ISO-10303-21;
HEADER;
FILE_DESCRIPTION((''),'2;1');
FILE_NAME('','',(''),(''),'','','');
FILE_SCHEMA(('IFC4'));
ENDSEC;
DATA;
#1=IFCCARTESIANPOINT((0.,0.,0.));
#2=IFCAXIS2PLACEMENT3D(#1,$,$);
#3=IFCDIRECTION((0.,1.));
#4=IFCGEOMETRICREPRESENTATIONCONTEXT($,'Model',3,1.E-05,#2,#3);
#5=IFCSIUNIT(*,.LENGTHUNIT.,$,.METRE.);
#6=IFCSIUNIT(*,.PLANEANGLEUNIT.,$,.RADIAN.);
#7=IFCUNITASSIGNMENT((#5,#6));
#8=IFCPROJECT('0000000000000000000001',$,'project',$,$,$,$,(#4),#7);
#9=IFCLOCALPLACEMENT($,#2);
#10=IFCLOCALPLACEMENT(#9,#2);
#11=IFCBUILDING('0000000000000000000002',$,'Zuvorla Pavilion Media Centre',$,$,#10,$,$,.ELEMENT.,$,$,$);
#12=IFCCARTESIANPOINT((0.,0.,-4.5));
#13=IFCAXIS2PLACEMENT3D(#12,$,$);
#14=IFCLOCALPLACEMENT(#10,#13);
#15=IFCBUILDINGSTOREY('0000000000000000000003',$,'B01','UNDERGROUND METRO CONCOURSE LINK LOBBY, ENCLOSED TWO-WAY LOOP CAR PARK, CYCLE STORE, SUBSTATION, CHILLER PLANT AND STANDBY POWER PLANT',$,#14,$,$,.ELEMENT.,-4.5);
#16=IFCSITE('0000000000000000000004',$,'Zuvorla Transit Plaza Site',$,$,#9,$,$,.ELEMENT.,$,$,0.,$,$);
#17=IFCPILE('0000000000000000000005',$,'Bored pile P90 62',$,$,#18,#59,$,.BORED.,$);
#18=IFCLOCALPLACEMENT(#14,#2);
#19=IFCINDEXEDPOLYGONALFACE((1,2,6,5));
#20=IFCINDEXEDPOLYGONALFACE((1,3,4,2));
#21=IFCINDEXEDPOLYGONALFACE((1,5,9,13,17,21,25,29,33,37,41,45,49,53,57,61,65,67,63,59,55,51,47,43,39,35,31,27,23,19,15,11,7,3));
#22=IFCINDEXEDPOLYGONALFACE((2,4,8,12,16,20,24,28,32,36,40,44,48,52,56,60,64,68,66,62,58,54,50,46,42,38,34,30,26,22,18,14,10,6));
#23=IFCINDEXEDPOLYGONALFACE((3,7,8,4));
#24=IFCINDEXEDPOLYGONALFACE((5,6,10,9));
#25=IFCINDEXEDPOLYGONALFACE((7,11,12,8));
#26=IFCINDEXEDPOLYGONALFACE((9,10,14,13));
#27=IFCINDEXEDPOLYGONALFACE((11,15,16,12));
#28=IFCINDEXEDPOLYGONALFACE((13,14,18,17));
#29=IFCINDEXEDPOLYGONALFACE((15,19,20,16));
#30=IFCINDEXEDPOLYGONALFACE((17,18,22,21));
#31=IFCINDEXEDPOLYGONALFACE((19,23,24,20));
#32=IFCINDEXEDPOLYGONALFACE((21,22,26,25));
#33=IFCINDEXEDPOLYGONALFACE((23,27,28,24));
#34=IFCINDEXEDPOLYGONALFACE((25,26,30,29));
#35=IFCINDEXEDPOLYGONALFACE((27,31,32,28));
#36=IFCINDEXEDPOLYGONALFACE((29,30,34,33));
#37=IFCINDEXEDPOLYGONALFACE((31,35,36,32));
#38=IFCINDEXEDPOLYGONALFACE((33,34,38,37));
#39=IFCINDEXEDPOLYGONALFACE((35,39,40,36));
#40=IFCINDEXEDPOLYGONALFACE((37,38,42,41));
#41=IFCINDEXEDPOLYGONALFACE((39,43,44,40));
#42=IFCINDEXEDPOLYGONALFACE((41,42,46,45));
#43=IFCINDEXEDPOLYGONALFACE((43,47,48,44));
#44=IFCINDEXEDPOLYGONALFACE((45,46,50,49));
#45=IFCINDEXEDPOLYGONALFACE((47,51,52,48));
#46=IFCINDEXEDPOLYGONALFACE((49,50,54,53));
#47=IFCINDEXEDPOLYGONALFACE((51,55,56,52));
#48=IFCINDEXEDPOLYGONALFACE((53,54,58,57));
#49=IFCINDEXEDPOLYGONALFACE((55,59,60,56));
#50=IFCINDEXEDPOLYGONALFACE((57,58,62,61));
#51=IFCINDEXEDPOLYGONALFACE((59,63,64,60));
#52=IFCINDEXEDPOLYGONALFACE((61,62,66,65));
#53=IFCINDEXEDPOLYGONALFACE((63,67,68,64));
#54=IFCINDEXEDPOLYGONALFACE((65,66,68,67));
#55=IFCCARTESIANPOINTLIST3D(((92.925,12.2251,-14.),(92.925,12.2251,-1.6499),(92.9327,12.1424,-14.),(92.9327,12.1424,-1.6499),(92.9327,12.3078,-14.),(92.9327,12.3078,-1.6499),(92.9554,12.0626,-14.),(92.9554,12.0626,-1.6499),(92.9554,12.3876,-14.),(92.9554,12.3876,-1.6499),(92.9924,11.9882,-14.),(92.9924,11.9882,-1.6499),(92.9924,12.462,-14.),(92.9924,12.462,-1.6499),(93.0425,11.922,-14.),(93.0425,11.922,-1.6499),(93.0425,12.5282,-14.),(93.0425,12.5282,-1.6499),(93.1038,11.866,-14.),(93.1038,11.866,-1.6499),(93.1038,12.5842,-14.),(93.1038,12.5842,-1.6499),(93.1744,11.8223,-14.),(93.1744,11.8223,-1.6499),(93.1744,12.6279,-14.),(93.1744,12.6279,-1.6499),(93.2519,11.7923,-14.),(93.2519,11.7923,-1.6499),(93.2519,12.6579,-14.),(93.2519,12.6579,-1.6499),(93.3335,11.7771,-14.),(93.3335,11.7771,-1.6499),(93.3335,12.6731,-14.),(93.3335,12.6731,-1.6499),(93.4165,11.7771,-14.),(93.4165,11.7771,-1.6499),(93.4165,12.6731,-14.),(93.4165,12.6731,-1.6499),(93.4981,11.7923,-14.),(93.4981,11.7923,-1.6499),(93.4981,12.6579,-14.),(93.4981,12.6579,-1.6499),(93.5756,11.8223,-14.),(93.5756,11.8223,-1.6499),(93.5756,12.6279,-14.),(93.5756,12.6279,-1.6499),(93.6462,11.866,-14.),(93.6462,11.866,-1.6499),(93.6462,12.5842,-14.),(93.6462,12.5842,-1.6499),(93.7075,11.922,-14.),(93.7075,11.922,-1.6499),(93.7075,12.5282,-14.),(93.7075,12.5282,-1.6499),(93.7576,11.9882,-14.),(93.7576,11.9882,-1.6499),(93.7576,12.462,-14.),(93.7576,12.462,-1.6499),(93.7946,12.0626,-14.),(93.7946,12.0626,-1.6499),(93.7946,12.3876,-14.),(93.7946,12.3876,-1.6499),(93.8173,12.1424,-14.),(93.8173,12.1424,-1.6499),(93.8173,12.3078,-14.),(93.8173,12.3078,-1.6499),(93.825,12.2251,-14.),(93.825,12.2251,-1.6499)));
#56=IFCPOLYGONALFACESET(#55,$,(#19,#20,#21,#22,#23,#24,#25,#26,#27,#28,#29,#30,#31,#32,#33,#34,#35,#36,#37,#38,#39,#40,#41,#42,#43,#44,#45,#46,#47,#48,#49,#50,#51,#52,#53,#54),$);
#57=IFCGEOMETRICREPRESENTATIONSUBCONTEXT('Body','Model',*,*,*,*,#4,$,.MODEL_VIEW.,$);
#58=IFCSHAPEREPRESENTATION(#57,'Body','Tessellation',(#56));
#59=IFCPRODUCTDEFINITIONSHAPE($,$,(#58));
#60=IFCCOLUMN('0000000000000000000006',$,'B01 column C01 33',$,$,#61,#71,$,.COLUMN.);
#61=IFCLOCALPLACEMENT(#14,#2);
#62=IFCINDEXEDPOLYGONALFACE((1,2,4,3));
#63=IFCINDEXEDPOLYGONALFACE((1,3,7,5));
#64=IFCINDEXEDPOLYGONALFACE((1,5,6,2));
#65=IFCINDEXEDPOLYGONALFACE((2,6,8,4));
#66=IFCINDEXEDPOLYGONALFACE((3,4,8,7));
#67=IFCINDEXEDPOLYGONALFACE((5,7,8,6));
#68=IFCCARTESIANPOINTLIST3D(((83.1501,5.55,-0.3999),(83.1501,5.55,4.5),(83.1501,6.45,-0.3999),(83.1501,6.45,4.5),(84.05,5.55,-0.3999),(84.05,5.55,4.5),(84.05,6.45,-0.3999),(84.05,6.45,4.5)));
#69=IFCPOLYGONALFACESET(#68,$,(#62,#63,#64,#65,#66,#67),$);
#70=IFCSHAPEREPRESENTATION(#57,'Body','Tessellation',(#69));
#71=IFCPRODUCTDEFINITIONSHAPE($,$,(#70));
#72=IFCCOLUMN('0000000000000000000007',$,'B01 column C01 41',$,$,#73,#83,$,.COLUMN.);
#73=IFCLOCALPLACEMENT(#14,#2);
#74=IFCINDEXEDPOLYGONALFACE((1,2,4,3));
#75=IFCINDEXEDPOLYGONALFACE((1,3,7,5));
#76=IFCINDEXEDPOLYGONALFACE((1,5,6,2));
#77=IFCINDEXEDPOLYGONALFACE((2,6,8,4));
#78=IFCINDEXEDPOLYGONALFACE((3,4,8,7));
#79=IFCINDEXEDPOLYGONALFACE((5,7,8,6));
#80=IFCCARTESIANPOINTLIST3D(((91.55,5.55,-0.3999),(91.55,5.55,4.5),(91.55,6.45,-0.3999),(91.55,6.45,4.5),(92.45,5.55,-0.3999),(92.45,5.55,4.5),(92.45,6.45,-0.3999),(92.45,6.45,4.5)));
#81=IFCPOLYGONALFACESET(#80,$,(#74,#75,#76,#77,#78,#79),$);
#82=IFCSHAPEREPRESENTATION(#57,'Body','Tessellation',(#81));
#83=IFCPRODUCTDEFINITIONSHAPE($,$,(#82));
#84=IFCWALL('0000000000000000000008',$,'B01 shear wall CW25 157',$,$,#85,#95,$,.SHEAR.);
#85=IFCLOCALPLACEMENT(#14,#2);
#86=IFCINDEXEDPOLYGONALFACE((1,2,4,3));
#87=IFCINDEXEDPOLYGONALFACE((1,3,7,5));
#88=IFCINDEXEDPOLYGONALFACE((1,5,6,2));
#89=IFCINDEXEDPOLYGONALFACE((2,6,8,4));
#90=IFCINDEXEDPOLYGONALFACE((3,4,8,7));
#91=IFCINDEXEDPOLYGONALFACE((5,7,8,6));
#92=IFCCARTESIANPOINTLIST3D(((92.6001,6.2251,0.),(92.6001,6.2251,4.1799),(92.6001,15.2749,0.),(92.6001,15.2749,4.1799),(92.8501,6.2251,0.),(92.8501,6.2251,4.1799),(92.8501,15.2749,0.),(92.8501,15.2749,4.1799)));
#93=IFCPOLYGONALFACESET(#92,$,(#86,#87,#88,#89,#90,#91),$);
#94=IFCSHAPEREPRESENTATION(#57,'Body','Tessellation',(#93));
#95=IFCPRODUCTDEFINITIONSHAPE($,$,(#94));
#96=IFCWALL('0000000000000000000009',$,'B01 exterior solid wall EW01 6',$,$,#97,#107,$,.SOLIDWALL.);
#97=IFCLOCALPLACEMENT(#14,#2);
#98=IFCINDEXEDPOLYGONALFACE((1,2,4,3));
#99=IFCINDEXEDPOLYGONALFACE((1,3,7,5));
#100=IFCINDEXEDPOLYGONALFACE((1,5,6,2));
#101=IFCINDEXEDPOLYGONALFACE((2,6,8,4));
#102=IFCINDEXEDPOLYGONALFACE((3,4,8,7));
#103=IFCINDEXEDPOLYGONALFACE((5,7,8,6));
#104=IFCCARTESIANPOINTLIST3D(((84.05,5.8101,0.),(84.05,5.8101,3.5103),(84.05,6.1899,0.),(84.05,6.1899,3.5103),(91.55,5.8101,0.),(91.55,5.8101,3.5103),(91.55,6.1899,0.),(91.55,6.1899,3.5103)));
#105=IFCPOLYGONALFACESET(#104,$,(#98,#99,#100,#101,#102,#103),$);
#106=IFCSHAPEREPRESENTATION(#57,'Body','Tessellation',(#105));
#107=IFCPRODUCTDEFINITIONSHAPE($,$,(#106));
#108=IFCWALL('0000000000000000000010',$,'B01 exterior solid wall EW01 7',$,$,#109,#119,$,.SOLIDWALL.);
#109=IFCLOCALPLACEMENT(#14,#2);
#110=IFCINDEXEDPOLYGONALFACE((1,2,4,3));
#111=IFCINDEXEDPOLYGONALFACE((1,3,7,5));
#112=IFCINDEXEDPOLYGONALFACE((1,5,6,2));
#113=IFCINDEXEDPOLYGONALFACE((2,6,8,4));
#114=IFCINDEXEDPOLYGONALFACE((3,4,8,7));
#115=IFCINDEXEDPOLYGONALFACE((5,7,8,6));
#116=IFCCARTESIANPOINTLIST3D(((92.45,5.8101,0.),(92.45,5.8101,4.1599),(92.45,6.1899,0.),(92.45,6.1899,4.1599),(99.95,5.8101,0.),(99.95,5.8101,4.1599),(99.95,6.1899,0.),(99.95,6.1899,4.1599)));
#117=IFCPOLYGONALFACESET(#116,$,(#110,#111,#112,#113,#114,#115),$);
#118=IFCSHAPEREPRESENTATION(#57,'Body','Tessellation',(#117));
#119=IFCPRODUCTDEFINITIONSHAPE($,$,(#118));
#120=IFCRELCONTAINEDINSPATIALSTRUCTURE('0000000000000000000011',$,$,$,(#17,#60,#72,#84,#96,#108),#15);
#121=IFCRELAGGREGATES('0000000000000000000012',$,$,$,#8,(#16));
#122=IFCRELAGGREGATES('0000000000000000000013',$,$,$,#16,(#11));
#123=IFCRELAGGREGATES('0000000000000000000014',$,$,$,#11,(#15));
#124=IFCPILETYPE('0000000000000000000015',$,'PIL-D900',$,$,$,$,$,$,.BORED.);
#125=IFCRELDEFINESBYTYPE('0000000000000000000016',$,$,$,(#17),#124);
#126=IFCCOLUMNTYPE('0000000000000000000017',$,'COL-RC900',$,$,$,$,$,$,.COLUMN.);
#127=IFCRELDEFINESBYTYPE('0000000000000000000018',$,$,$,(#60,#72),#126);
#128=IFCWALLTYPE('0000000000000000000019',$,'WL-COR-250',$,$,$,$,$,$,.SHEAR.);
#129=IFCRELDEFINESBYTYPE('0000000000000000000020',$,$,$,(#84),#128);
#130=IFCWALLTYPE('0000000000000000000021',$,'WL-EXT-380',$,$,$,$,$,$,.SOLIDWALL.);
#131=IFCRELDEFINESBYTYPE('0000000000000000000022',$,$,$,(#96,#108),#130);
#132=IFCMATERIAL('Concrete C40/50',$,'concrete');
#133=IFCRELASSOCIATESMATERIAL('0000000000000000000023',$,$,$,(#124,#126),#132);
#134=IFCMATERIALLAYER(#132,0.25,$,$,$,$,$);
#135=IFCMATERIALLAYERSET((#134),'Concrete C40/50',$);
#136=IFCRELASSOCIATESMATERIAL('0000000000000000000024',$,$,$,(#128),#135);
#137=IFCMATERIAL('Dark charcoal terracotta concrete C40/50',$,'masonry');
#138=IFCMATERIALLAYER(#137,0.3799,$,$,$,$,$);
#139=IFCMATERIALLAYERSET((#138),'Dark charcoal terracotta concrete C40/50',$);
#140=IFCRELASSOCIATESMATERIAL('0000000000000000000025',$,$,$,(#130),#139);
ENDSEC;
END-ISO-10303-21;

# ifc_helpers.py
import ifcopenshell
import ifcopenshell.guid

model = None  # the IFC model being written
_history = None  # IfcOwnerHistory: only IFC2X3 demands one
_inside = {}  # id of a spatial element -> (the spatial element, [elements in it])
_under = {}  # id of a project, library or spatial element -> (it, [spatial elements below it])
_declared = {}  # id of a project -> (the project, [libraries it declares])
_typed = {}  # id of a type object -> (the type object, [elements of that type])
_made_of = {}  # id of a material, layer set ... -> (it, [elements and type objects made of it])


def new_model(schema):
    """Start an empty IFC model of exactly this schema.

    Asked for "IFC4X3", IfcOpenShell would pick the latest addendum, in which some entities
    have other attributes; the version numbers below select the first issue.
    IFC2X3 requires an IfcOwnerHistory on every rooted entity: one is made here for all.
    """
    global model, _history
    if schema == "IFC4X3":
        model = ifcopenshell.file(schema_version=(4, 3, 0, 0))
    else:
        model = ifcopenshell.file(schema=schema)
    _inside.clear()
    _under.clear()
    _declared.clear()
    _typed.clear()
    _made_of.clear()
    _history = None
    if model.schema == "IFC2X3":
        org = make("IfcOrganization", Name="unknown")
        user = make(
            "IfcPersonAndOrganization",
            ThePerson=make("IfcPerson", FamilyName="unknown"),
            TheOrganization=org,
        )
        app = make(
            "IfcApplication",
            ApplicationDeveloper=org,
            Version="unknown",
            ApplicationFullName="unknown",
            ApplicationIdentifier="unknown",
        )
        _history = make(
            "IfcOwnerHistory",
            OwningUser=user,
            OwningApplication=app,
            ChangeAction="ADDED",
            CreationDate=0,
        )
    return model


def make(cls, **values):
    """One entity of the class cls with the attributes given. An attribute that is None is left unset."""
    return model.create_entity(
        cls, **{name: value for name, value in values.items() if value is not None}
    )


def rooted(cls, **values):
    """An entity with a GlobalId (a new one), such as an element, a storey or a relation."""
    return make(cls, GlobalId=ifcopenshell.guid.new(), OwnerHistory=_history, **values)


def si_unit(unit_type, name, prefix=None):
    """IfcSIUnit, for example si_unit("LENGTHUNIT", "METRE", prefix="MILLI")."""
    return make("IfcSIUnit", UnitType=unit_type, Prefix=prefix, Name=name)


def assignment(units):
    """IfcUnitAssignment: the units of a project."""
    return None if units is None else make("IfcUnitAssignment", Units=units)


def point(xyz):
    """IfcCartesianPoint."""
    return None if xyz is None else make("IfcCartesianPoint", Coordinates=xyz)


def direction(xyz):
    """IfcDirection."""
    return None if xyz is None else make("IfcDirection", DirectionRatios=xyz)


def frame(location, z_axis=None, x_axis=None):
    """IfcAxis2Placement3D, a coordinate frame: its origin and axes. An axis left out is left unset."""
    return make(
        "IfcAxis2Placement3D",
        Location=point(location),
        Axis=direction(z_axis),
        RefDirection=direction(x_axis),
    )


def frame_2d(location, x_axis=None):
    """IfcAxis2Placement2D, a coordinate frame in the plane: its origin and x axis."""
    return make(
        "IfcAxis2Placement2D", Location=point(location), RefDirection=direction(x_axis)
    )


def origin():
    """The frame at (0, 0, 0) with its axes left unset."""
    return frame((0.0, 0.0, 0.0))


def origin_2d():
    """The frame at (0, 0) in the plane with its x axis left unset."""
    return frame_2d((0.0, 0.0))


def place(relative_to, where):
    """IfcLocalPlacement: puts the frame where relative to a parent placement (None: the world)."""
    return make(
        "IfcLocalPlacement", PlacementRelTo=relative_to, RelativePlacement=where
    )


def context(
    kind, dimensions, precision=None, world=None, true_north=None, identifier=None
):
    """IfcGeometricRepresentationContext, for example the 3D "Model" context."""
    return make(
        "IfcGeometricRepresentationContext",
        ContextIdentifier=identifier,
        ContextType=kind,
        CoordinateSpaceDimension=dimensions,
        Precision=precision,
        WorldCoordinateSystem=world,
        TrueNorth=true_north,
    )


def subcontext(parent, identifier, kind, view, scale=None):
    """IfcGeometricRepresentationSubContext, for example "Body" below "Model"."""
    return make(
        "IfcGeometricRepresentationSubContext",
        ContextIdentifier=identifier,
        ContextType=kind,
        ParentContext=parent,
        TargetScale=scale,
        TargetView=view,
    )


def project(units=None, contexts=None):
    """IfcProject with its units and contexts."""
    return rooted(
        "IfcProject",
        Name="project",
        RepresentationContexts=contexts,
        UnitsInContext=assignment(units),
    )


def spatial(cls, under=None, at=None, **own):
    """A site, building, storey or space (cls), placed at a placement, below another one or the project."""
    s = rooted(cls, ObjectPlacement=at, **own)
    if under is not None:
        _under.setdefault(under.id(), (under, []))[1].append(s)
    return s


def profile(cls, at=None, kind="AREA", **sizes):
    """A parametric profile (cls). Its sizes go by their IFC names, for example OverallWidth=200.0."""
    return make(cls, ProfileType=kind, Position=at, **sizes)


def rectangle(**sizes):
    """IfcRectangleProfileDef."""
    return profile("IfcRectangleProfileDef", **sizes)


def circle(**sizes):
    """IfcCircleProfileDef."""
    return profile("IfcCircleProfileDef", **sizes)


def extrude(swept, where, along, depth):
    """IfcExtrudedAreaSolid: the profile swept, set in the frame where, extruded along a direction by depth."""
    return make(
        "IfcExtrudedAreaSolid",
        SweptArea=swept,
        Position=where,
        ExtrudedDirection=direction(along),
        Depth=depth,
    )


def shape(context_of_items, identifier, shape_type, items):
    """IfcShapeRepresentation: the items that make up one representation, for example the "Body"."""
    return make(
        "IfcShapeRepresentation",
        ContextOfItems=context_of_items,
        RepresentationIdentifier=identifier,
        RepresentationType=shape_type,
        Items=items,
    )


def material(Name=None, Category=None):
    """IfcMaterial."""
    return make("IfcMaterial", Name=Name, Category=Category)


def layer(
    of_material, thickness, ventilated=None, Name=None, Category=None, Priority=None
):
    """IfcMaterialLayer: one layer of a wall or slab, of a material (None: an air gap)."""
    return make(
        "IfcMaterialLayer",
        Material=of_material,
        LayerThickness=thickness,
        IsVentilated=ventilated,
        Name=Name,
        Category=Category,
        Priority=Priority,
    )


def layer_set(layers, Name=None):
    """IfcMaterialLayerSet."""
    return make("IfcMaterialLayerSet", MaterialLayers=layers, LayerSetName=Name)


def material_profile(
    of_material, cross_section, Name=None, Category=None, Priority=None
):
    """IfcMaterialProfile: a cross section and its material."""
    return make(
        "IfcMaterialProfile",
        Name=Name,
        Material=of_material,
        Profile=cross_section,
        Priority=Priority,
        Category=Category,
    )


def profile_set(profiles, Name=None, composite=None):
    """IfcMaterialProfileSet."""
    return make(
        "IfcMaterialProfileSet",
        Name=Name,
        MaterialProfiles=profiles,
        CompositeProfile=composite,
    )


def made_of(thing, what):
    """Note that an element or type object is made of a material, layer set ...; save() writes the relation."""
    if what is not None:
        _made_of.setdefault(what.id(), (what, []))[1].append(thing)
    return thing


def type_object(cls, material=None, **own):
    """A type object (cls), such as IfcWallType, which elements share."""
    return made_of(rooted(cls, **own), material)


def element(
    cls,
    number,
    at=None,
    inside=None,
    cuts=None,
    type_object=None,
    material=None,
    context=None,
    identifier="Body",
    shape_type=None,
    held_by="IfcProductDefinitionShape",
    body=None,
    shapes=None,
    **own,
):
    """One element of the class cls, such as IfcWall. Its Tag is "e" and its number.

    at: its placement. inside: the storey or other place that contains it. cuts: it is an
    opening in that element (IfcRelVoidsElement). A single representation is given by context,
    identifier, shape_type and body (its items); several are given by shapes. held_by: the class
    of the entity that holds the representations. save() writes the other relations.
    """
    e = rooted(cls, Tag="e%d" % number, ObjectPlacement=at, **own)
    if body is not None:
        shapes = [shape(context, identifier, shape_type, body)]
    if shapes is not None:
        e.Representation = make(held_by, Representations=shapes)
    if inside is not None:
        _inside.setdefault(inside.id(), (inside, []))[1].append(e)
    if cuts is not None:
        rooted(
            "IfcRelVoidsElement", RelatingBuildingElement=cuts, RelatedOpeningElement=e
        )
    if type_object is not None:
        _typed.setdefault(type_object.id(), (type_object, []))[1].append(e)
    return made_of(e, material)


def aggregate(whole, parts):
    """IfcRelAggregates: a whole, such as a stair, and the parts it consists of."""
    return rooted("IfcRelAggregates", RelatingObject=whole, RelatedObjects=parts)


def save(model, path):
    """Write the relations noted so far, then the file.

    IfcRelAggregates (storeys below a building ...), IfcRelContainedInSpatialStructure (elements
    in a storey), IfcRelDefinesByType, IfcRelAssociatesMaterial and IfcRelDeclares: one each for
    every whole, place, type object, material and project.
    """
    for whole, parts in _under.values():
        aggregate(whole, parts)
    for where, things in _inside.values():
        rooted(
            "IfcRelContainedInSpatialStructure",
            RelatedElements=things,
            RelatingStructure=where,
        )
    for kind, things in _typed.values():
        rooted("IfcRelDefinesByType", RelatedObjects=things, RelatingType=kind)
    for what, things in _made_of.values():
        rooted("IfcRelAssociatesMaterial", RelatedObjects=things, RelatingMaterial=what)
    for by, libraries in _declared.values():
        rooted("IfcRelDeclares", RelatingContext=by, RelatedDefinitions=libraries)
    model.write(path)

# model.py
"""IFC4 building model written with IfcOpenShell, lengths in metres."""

from ifc_helpers import new_model, si_unit, direction, frame, frame_2d, origin, origin_2d, place, context, subcontext, project, spatial, rectangle, circle, extrude, material, layer, layer_set, material_profile, profile_set, type_object, element, save


model = new_model("IFC4")

# Units and contexts
model_context = context("Model", 3, precision=1e-05, world=origin(), true_north=direction((0.0, 1.0)))
body_context = subcontext(model_context, "Body", "Model", "MODEL_VIEW")
ifc_project = project(units=[si_unit("LENGTHUNIT", "METRE"), si_unit("PLANEANGLEUNIT", "RADIAN")], contexts=[model_context])

# Site, building, storey
site_placement = place(None, origin())
site = spatial("IfcSite", under=ifc_project, at=site_placement, Name="Zuvorla Transit Plaza Site", CompositionType="ELEMENT", RefElevation=0.0)
building_placement = place(site_placement, origin())
building = spatial("IfcBuilding", under=site, at=building_placement, Name="Zuvorla Pavilion Media Centre", CompositionType="ELEMENT")
storey_placement = place(building_placement, frame((0.0, 0.0, -4.5)))
storey = spatial("IfcBuildingStorey", under=building, at=storey_placement, Name="B01", Description="UNDERGROUND METRO CONCOURSE LINK LOBBY, ENCLOSED TWO-WAY LOOP CAR PARK, CYCLE STORE, SUBSTATION, CHILLER PLANT AND STANDBY POWER PLANT", CompositionType="ELEMENT", Elevation=-4.5)

# Shared definitions
ifc_material_1 = material(Name="Concrete C40/50", Category="concrete")

# Pile
ifc_material_profile_1 = material_profile(ifc_material_1, circle(Radius=0.45, at=origin_2d()), Name="BORED PILE 900")
ifc_profile_set_1 = profile_set([ifc_material_profile_1], Name="Concrete C40/50")
pile_type = type_object("IfcPileType", Name="PIL-D900", PredefinedType="BORED", material=ifc_profile_set_1)
for number, where, z_axis, x_axis, name in (
    (1, (93.375, 12.2251, -1.6499), (0.0, 0.0, -1.0), (1.0, 0.0, 0.0), "Bored pile P90 62"),
):
    element("IfcPile", number, at=place(storey_placement, frame(where, z_axis=z_axis, x_axis=x_axis)), inside=storey, type_object=pile_type, Name=name, PredefinedType="BORED", context=body_context, shape_type="SweptSolid", body=[
        extrude(circle(Radius=0.45, at=origin_2d()), origin(), (0.0, 0.0, 1.0), 12.3501),
    ])

# Columns
ifc_material_profile_2 = material_profile(ifc_material_1, rectangle(XDim=0.8999, YDim=0.8999, at=origin_2d()), Name="RC 900x900")
ifc_profile_set_2 = profile_set([ifc_material_profile_2], Name="Concrete C40/50")
column_type = type_object("IfcColumnType", Name="COL-RC900", PredefinedType="COLUMN", material=ifc_profile_set_2)
for number, where, z_axis, x_axis, name in (
    (2, (83.6001, 6.0, -0.3999), (0.0, 0.0, 1.0), (1.0, 0.0, 0.0), "B01 column C01 33"),
    (3, (92.0, 6.0, -0.3999), (0.0, 0.0, 1.0), (1.0, 0.0, 0.0), "B01 column C01 41"),
):
    element("IfcColumn", number, at=place(storey_placement, frame(where, z_axis=z_axis, x_axis=x_axis)), inside=storey, type_object=column_type, Name=name, PredefinedType="COLUMN", context=body_context, shape_type="SweptSolid", body=[
        extrude(rectangle(XDim=0.8999, YDim=0.8999, at=origin_2d()), origin(), (0.0, 0.0, 1.0), 4.8999),
    ])

# Walls
ifc_layer_1 = layer(ifc_material_1, 0.25)
ifc_layer_set_1 = layer_set([ifc_layer_1], Name="Concrete C40/50")
wall_type_1 = type_object("IfcWallType", Name="WL-COR-250", PredefinedType="SHEAR", material=ifc_layer_set_1)
wall_1_placement = place(storey_placement, frame((92.7251, 6.2251, 0.0), z_axis=(0.0, 0.0, 1.0), x_axis=(0.0, 1.0, 0.0)))
element("IfcWall", 4, at=wall_1_placement, inside=storey, type_object=wall_type_1, Name="B01 shear wall CW25 157", PredefinedType="SHEAR", context=body_context, shape_type="SweptSolid", body=[
    extrude(rectangle(XDim=9.0498, YDim=0.25, at=frame_2d((4.5249, 0.0))), origin(), (0.0, 0.0, 1.0), 4.1799),
])
ifc_material_2 = material(Name="Dark charcoal terracotta concrete C40/50", Category="masonry")
ifc_layer_2 = layer(ifc_material_2, 0.3799)
ifc_layer_set_2 = layer_set([ifc_layer_2], Name="Dark charcoal terracotta concrete C40/50")
wall_type_2 = type_object("IfcWallType", Name="WL-EXT-380", PredefinedType="SOLIDWALL", material=ifc_layer_set_2)
wall_2_placement = place(storey_placement, frame((84.05, 6.0, 0.0), z_axis=(0.0, 0.0, 1.0), x_axis=(1.0, 0.0, 0.0)))
element("IfcWall", 5, at=wall_2_placement, inside=storey, type_object=wall_type_2, Name="B01 exterior solid wall EW01 6", PredefinedType="SOLIDWALL", context=body_context, shape_type="SweptSolid", body=[
    extrude(rectangle(XDim=7.5, YDim=0.3799, at=frame_2d((3.75, 0.0))), origin(), (0.0, 0.0, 1.0), 3.5103),
])
wall_3_placement = place(storey_placement, frame((92.45, 6.0, 0.0), z_axis=(0.0, 0.0, 1.0), x_axis=(1.0, 0.0, 0.0)))
element("IfcWall", 6, at=wall_3_placement, inside=storey, type_object=wall_type_2, Name="B01 exterior solid wall EW01 7", PredefinedType="SOLIDWALL", context=body_context, shape_type="SweptSolid", body=[
    extrude(rectangle(XDim=7.5, YDim=0.3799, at=frame_2d((3.75, 0.0))), origin(), (0.0, 0.0, 1.0), 4.1599),
])

save(model, "model.ifc")
